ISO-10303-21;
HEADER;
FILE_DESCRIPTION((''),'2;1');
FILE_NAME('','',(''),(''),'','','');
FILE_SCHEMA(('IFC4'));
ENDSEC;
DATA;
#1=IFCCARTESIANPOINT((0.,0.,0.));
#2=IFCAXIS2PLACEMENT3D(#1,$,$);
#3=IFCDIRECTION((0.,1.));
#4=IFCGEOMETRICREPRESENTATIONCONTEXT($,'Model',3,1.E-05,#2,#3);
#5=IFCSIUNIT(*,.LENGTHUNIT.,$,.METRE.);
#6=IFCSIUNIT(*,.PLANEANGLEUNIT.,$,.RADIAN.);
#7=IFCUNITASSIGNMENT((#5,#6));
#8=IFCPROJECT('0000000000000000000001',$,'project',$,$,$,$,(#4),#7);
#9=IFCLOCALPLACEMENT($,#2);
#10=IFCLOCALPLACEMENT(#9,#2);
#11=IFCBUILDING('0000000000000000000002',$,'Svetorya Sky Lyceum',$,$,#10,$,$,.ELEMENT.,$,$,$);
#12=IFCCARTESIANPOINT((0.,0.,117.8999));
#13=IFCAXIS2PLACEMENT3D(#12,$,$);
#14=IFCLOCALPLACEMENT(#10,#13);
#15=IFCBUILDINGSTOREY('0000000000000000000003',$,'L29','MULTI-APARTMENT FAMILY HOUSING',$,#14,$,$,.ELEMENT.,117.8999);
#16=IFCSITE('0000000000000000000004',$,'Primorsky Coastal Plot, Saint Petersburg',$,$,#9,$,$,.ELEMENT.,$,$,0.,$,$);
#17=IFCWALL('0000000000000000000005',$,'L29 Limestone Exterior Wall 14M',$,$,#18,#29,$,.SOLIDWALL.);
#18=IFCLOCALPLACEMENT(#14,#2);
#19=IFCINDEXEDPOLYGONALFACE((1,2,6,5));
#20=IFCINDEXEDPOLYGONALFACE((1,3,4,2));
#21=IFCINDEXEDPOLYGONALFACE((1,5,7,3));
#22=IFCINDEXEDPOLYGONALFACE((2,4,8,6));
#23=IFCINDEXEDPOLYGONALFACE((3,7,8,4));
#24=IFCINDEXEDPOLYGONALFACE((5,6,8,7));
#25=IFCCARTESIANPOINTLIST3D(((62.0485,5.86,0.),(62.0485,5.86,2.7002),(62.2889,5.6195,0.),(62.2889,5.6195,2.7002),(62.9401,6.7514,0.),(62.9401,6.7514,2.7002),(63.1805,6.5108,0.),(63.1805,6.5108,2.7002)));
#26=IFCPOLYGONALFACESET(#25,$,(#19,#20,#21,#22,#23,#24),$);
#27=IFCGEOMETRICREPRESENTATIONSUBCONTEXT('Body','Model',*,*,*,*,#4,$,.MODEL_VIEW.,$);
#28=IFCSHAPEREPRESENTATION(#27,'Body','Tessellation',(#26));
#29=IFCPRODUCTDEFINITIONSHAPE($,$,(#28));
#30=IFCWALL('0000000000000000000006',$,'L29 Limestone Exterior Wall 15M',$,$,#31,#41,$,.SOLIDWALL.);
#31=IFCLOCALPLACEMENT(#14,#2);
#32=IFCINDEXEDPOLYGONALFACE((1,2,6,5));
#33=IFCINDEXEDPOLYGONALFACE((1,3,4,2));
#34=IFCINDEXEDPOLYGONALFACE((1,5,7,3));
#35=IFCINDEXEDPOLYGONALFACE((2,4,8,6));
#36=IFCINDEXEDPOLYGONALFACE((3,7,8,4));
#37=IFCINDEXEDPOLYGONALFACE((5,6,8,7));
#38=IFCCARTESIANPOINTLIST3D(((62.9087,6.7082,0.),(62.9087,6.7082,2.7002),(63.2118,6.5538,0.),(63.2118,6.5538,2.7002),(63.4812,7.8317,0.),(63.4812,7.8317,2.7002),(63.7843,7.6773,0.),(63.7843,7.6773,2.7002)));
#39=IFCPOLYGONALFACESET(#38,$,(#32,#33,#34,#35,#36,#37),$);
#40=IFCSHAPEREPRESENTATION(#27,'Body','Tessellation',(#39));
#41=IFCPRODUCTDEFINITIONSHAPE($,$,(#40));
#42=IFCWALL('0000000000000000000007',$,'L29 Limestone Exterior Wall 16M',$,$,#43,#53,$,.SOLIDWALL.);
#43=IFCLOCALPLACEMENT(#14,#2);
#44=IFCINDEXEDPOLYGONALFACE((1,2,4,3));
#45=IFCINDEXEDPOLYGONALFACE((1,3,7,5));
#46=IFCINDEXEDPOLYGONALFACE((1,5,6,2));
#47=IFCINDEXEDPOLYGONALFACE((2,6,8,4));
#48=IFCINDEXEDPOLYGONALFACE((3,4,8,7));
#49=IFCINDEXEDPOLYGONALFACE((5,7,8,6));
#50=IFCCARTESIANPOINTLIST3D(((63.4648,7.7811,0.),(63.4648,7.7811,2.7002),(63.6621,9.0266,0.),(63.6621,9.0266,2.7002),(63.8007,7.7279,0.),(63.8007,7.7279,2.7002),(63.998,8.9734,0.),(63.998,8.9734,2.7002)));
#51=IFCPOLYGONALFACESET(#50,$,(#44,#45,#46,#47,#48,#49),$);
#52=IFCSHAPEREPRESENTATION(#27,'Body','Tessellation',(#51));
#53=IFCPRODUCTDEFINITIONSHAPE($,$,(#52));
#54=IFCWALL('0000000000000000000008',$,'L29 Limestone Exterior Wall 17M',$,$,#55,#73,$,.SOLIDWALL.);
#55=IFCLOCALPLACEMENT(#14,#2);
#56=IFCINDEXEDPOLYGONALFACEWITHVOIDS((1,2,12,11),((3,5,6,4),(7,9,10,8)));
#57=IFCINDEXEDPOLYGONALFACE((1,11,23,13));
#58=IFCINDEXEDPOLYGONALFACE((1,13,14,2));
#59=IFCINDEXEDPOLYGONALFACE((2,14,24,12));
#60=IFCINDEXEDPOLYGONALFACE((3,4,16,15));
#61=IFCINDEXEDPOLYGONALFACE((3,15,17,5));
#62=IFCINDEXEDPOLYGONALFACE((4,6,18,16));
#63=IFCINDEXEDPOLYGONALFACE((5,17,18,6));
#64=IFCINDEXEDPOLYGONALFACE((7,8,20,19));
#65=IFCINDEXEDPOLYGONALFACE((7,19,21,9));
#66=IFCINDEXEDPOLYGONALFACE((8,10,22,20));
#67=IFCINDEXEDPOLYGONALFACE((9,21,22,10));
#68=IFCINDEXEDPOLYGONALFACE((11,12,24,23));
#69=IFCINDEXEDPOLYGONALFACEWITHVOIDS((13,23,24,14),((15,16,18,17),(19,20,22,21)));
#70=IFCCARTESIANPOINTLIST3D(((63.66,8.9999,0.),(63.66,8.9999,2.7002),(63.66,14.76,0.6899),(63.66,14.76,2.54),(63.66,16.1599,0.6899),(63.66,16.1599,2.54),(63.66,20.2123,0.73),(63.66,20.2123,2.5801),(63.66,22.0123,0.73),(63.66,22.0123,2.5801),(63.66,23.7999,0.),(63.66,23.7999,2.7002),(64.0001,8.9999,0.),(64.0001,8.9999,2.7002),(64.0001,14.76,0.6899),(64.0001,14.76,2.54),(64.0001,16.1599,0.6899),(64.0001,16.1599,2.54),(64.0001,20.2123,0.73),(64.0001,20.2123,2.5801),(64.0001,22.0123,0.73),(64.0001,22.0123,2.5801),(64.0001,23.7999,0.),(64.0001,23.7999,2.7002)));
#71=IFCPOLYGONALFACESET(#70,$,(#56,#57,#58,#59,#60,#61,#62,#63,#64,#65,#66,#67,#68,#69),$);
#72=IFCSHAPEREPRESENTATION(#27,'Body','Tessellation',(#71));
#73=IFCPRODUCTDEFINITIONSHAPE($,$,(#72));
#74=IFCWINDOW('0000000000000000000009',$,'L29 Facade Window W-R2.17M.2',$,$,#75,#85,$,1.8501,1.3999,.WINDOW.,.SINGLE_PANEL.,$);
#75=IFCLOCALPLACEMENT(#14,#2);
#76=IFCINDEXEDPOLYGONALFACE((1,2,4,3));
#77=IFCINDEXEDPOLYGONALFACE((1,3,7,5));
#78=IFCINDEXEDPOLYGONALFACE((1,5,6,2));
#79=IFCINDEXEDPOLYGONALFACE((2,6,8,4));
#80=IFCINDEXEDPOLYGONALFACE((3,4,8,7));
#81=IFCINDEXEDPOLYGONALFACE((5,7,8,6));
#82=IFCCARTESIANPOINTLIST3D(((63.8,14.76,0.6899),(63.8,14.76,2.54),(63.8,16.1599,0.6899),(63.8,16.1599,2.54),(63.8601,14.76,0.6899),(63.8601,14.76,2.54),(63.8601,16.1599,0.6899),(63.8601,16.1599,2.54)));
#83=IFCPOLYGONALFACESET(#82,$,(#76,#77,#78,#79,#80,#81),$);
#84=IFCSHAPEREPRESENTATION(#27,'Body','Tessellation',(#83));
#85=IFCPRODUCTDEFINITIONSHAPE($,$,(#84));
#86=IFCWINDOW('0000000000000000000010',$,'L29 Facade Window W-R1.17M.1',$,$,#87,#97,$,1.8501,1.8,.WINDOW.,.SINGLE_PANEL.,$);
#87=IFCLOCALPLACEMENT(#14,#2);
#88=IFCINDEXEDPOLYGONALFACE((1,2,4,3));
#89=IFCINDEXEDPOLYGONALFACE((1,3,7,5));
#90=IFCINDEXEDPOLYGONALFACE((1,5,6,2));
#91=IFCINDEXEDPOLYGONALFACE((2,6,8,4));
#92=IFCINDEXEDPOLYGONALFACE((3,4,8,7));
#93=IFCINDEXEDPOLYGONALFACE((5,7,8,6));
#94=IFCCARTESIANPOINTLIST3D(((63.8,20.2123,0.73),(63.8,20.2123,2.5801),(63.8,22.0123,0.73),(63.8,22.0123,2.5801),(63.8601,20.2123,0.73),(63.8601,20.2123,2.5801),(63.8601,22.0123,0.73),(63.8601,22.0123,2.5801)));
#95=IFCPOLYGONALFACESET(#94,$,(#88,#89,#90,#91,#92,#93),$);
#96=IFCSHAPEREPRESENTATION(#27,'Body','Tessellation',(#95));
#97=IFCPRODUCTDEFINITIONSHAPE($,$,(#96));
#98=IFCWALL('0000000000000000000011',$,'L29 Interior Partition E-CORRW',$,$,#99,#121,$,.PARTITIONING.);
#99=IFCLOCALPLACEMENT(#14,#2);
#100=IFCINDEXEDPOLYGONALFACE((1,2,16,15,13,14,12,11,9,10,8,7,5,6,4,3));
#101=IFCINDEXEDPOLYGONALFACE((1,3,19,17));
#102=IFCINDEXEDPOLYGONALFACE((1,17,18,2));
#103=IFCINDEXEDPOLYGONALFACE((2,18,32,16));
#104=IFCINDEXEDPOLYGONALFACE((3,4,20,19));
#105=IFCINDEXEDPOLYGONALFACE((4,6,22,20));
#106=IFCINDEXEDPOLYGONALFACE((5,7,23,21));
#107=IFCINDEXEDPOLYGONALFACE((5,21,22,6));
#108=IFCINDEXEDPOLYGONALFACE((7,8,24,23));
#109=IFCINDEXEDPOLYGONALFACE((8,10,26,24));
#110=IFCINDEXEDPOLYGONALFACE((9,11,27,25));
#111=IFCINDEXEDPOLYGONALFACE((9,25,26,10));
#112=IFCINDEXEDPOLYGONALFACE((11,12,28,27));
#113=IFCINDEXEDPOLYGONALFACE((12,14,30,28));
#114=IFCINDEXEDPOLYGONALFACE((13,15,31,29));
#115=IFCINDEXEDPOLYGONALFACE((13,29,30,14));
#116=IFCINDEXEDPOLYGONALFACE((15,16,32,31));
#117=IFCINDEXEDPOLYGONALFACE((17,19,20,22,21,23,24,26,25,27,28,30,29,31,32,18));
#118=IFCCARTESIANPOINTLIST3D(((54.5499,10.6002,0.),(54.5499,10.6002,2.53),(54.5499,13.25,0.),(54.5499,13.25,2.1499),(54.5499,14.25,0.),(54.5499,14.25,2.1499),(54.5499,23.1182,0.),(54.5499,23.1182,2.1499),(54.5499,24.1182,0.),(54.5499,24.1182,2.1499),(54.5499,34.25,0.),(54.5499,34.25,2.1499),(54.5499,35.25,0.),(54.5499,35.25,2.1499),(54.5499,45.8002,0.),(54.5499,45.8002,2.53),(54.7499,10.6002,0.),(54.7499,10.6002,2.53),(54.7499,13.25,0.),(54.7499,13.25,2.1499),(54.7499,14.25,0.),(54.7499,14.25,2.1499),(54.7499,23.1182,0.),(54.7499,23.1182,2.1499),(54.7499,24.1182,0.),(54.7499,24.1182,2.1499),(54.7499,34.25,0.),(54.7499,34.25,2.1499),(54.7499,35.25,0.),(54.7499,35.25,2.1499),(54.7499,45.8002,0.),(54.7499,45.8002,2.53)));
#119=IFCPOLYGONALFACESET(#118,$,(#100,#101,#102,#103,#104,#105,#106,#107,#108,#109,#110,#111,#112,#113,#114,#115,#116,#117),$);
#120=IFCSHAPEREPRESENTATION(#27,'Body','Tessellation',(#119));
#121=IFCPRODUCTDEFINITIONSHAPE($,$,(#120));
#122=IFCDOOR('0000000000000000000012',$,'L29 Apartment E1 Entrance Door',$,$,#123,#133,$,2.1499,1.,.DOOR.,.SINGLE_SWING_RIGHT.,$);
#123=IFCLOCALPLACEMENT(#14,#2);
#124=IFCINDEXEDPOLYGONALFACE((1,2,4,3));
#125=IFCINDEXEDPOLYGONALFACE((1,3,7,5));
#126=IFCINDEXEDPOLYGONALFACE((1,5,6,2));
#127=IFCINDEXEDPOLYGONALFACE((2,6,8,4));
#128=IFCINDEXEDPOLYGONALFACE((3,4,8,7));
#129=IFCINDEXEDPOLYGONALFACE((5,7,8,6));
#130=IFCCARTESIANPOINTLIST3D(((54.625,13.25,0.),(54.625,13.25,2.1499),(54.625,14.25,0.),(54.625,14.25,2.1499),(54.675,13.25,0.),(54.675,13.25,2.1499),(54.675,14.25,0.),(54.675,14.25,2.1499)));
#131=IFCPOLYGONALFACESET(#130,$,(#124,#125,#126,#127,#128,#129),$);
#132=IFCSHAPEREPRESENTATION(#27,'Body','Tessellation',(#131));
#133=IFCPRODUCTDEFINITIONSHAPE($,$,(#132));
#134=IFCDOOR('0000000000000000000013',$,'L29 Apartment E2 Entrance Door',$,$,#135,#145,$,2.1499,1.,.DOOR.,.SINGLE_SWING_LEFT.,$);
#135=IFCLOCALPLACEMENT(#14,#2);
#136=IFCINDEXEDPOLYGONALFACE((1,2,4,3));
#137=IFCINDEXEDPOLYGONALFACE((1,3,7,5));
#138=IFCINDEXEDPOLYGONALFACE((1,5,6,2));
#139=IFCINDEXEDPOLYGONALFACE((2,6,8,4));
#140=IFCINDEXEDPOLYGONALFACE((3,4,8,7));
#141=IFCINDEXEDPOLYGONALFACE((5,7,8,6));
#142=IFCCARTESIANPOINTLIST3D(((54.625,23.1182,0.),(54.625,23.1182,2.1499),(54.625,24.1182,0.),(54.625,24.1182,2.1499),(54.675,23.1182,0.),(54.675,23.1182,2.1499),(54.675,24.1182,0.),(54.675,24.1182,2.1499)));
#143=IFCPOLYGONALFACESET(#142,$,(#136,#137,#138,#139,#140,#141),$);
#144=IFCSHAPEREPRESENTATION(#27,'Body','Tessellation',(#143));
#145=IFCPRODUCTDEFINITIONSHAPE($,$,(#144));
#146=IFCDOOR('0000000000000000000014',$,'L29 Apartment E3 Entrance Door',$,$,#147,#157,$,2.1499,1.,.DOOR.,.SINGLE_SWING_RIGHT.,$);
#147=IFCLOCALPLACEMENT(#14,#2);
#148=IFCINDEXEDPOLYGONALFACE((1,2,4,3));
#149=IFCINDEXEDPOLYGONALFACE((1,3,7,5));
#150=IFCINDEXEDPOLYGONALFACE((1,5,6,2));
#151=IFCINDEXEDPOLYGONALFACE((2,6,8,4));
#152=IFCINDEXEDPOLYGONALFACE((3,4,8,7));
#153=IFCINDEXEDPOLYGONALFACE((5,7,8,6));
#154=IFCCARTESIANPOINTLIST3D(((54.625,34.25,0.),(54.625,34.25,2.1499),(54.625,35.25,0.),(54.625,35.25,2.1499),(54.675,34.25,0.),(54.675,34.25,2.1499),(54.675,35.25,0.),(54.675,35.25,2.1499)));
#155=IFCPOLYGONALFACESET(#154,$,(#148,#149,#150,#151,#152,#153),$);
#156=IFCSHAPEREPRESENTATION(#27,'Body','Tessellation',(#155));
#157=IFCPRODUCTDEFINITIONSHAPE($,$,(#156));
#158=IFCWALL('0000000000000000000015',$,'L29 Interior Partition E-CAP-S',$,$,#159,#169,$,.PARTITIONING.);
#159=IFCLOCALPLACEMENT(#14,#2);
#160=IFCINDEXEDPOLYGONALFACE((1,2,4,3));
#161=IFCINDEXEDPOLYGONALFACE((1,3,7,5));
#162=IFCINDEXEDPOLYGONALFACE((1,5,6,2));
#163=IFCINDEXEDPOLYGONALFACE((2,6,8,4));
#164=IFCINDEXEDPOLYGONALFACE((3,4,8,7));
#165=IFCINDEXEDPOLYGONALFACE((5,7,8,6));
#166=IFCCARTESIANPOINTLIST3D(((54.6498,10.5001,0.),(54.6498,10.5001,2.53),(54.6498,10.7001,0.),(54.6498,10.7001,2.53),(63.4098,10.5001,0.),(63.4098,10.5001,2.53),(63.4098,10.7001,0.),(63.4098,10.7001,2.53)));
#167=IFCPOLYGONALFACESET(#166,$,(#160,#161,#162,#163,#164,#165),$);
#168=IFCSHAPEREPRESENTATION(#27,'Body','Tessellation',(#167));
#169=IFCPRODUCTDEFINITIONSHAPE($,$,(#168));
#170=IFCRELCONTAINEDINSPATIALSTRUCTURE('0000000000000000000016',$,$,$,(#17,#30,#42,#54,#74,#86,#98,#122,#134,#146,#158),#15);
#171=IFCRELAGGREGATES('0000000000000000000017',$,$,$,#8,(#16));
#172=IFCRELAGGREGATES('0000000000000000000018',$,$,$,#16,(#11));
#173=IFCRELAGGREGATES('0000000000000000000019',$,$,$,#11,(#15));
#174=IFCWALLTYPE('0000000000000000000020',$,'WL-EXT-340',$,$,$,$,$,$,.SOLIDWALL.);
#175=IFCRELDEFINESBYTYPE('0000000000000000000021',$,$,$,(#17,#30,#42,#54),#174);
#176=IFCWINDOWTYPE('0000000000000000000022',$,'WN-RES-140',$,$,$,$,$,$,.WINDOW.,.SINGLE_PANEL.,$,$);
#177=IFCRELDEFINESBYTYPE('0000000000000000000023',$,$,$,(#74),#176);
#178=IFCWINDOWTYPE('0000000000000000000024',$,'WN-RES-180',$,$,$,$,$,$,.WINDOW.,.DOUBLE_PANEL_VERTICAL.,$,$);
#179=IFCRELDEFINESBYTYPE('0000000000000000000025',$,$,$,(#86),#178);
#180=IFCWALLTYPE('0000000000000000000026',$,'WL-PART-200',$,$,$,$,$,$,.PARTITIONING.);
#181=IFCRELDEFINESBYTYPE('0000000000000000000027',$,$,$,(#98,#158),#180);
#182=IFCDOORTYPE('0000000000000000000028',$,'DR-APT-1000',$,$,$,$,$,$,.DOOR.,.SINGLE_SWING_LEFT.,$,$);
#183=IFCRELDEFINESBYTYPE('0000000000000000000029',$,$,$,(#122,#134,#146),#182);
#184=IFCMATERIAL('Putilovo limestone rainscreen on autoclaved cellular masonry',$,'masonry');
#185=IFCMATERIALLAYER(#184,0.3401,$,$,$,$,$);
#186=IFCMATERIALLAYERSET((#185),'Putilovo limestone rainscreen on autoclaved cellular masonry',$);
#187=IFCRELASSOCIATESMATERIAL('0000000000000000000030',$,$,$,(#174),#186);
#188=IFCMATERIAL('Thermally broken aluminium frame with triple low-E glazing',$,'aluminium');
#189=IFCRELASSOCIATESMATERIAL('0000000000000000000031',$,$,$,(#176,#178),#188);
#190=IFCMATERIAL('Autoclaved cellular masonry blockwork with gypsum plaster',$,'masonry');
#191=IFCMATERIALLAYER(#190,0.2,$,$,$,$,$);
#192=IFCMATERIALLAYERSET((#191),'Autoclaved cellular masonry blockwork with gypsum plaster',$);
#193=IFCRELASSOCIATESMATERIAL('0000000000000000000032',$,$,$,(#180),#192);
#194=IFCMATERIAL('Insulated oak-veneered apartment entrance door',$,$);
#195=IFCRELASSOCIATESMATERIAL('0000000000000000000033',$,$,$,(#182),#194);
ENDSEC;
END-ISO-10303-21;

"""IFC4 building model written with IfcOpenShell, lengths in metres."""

from ifc_helpers import new_model, si_unit, direction, frame, frame_2d, origin, place, context, subcontext, project, spatial, rectangle, extrude, material, layer, layer_set, type_object, element, fill, save


model = new_model("IFC4")

# Units and contexts
model_context = context("Model", 3, precision=1e-05, world=origin(), true_north=direction((0.0, 1.0)))
body_context = subcontext(model_context, "Body", "Model", "MODEL_VIEW")
ifc_project = project(units=[si_unit("LENGTHUNIT", "METRE"), si_unit("PLANEANGLEUNIT", "RADIAN")], contexts=[model_context])

# Site, building, storey
site_placement = place(None, origin())
site = spatial("IfcSite", under=ifc_project, at=site_placement, Name="Primorsky Coastal Plot, Saint Petersburg", CompositionType="ELEMENT", RefElevation=0.0)
building_placement = place(site_placement, origin())
building = spatial("IfcBuilding", under=site, at=building_placement, Name="Svetorya Sky Lyceum", CompositionType="ELEMENT")
storey_placement = place(building_placement, frame((0.0, 0.0, 117.8999)))
storey = spatial("IfcBuildingStorey", under=building, at=storey_placement, Name="L29", Description="MULTI-APARTMENT FAMILY HOUSING", CompositionType="ELEMENT", Elevation=117.8999)

# Shared definitions
ifc_material_1 = material(Name="Putilovo limestone rainscreen on autoclaved cellular masonry", Category="masonry")
ifc_layer_1 = layer(ifc_material_1, 0.3401)
ifc_layer_set_1 = layer_set([ifc_layer_1], Name="Putilovo limestone rainscreen on autoclaved cellular masonry")
wall_type_1 = type_object("IfcWallType", Name="WL-EXT-340", PredefinedType="SOLIDWALL", material=ifc_layer_set_1)
ifc_material_2 = material(Name="Thermally broken aluminium frame with triple low-E glazing", Category="aluminium")

# Walls
for number, where, z_axis, x_axis, name in (
    (1, (62.1687, 5.7397, 0.0), (0.0, 0.0, 1.0), (0.707204, 0.70701, 0.0), "L29 Limestone Exterior Wall 14M"),
):
    element("IfcWall", number, at=place(storey_placement, frame(where, z_axis=z_axis, x_axis=x_axis)), inside=storey, type_object=wall_type_1, Name=name, PredefinedType="SOLIDWALL", context=body_context, shape_type="SweptSolid", body=[
        extrude(rectangle(XDim=1.2607, YDim=0.3401, at=frame_2d((0.6304, 0.0))), origin(), (0.0, 0.0, 1.0), 2.7002),
    ])
for number, where, z_axis, x_axis, name in (
    (2, (63.0603, 6.6311, 0.0), (0.0, 0.0, 1.0), (0.454016, 0.890994, 0.0), "L29 Limestone Exterior Wall 15M"),
    (3, (63.6328, 7.7546, 0.0), (0.0, 0.0, 1.0), (0.15645, 0.987686, 0.0), "L29 Limestone Exterior Wall 16M"),
):
    element("IfcWall", number, at=place(storey_placement, frame(where, z_axis=z_axis, x_axis=x_axis)), inside=storey, type_object=wall_type_1, Name=name, PredefinedType="SOLIDWALL", context=body_context, shape_type="SweptSolid", body=[
        extrude(rectangle(XDim=1.261, YDim=0.3401, at=frame_2d((0.6304, 0.0))), origin(), (0.0, 0.0, 1.0), 2.7002),
    ])

# Wall, openings, windows
wall_1_placement = place(storey_placement, frame((63.8301, 9.0, 0.0), z_axis=(0.0, 0.0, 1.0), x_axis=(0.0, 1.0, 0.0)))
wall_1 = element("IfcWall", 4, at=wall_1_placement, inside=storey, type_object=wall_type_1, Name="L29 Limestone Exterior Wall 17M", PredefinedType="SOLIDWALL", context=body_context, shape_type="SweptSolid", body=[
    extrude(rectangle(XDim=14.8, YDim=0.3401, at=frame_2d((7.3999, 0.0))), origin(), (0.0, 0.0, 1.0), 2.7002),
])
opening_1_placement = place(wall_1_placement, frame((5.76, 0.0, 0.6899)))
opening_1 = element("IfcOpeningElement", 5, at=opening_1_placement, cuts=wall_1, PredefinedType="OPENING", context=body_context, shape_type="SweptSolid", body=[
    extrude(rectangle(XDim=1.3999, YDim=1.8501, at=frame_2d((0.7, 0.925))), frame((0.0, 0.1799, 0.0), z_axis=(0.0, -1.0, 0.0), x_axis=(1.0, 0.0, 0.0)), (0.0, 0.0, 1.0), 0.3601),
])
opening_2_placement = place(wall_1_placement, frame((11.2124, 0.0, 0.73)))
opening_2 = element("IfcOpeningElement", 6, at=opening_2_placement, cuts=wall_1, PredefinedType="OPENING", context=body_context, shape_type="SweptSolid", body=[
    extrude(rectangle(XDim=1.8, YDim=1.8501, at=frame_2d((0.8999, 0.925))), frame((0.0, 0.1799, 0.0), z_axis=(0.0, -1.0, 0.0), x_axis=(1.0, 0.0, 0.0)), (0.0, 0.0, 1.0), 0.3601),
])
window_type_1 = type_object("IfcWindowType", Name="WN-RES-140", PartitioningType="SINGLE_PANEL", PredefinedType="WINDOW", material=ifc_material_2)
window_1_placement = place(opening_1_placement, origin())
window_1 = element("IfcWindow", 7, at=window_1_placement, inside=storey, type_object=window_type_1, Name="L29 Facade Window W-R2.17M.2", OverallHeight=1.8501, OverallWidth=1.3999, PartitioningType="SINGLE_PANEL", PredefinedType="WINDOW", context=body_context, shape_type="SweptSolid", body=[
    extrude(rectangle(XDim=1.3999, YDim=1.8501, at=frame_2d((0.7, 0.925))), frame((0.0, 0.03, 0.0), z_axis=(0.0, -1.0, 0.0), x_axis=(1.0, 0.0, 0.0)), (0.0, 0.0, 1.0), 0.0601),
])
fill(opening_1, window_1)
window_type_2 = type_object("IfcWindowType", Name="WN-RES-180", PartitioningType="DOUBLE_PANEL_VERTICAL", PredefinedType="WINDOW", material=ifc_material_2)
window_2_placement = place(opening_2_placement, origin())
window_2 = element("IfcWindow", 8, at=window_2_placement, inside=storey, type_object=window_type_2, Name="L29 Facade Window W-R1.17M.1", OverallHeight=1.8501, OverallWidth=1.8, PartitioningType="SINGLE_PANEL", PredefinedType="WINDOW", context=body_context, shape_type="SweptSolid", body=[
    extrude(rectangle(XDim=1.8, YDim=1.8501, at=frame_2d((0.8999, 0.925))), frame((0.0, 0.03, 0.0), z_axis=(0.0, -1.0, 0.0), x_axis=(1.0, 0.0, 0.0)), (0.0, 0.0, 1.0), 0.0601),
])
fill(opening_2, window_2)

# Wall, openings, doors
ifc_material_3 = material(Name="Autoclaved cellular masonry blockwork with gypsum plaster", Category="masonry")
ifc_layer_2 = layer(ifc_material_3, 0.2)
ifc_layer_set_2 = layer_set([ifc_layer_2], Name="Autoclaved cellular masonry blockwork with gypsum plaster")
wall_type_2 = type_object("IfcWallType", Name="WL-PART-200", PredefinedType="PARTITIONING", material=ifc_layer_set_2)
wall_2_placement = place(storey_placement, frame((54.6499, 10.6001, 0.0), z_axis=(0.0, 0.0, 1.0), x_axis=(0.0, 1.0, 0.0)))
wall_2 = element("IfcWall", 9, at=wall_2_placement, inside=storey, type_object=wall_type_2, Name="L29 Interior Partition E-CORRW", PredefinedType="PARTITIONING", context=body_context, shape_type="SweptSolid", body=[
    extrude(rectangle(XDim=35.2, YDim=0.2, at=frame_2d((17.6001, 0.0))), origin(), (0.0, 0.0, 1.0), 2.53),
])
opening_3_placement = place(wall_2_placement, frame((2.6499, 0.0, 0.0)))
opening_3 = element("IfcOpeningElement", 10, at=opening_3_placement, cuts=wall_2, PredefinedType="OPENING", context=body_context, shape_type="SweptSolid", body=[
    extrude(rectangle(XDim=1.0, YDim=2.1499, at=frame_2d((0.5, 1.075))), frame((0.0, 0.1099, 0.0), z_axis=(0.0, -1.0, 0.0), x_axis=(1.0, 0.0, 0.0)), (0.0, 0.0, 1.0), 0.22),
])
opening_4_placement = place(wall_2_placement, frame((12.5181, 0.0, 0.0)))
opening_4 = element("IfcOpeningElement", 11, at=opening_4_placement, cuts=wall_2, PredefinedType="OPENING", context=body_context, shape_type="SweptSolid", body=[
    extrude(rectangle(XDim=1.0, YDim=2.1499, at=frame_2d((0.5, 1.075))), frame((0.0, 0.1099, 0.0), z_axis=(0.0, -1.0, 0.0), x_axis=(1.0, 0.0, 0.0)), (0.0, 0.0, 1.0), 0.22),
])
opening_5_placement = place(wall_2_placement, frame((23.6499, 0.0, 0.0)))
opening_5 = element("IfcOpeningElement", 12, at=opening_5_placement, cuts=wall_2, PredefinedType="OPENING", context=body_context, shape_type="SweptSolid", body=[
    extrude(rectangle(XDim=1.0, YDim=2.1499, at=frame_2d((0.5, 1.075))), frame((0.0, 0.1099, 0.0), z_axis=(0.0, -1.0, 0.0), x_axis=(1.0, 0.0, 0.0)), (0.0, 0.0, 1.0), 0.22),
])
ifc_material_4 = material(Name="Insulated oak-veneered apartment entrance door")
door_type_1 = type_object("IfcDoorType", Name="DR-APT-1000", OperationType="SINGLE_SWING_LEFT", PredefinedType="DOOR", material=ifc_material_4)
door_1_placement = place(opening_3_placement, origin())
door_1 = element("IfcDoor", 13, at=door_1_placement, inside=storey, type_object=door_type_1, Name="L29 Apartment E1 Entrance Door", OperationType="SINGLE_SWING_RIGHT", OverallHeight=2.1499, OverallWidth=1.0, PredefinedType="DOOR", context=body_context, shape_type="SweptSolid", body=[
    extrude(rectangle(XDim=1.0, YDim=2.1499, at=frame_2d((0.5, 1.075))), frame((0.0, 0.0249, 0.0), z_axis=(0.0, -1.0, 0.0), x_axis=(1.0, 0.0, 0.0)), (0.0, 0.0, 1.0), 0.05),
])
fill(opening_3, door_1)
door_2_placement = place(opening_4_placement, origin())
door_2 = element("IfcDoor", 14, at=door_2_placement, inside=storey, type_object=door_type_1, Name="L29 Apartment E2 Entrance Door", OperationType="SINGLE_SWING_LEFT", OverallHeight=2.1499, OverallWidth=1.0, PredefinedType="DOOR", context=body_context, shape_type="SweptSolid", body=[
    extrude(rectangle(XDim=1.0, YDim=2.1499, at=frame_2d((0.5, 1.075))), frame((0.0, 0.0249, 0.0), z_axis=(0.0, -1.0, 0.0), x_axis=(1.0, 0.0, 0.0)), (0.0, 0.0, 1.0), 0.05),
])
fill(opening_4, door_2)
door_3_placement = place(opening_5_placement, origin())
door_3 = element("IfcDoor", 15, at=door_3_placement, inside=storey, type_object=door_type_1, Name="L29 Apartment E3 Entrance Door", OperationType="SINGLE_SWING_RIGHT", OverallHeight=2.1499, OverallWidth=1.0, PredefinedType="DOOR", context=body_context, shape_type="SweptSolid", body=[
    extrude(rectangle(XDim=1.0, YDim=2.1499, at=frame_2d((0.5, 1.075))), frame((0.0, 0.0249, 0.0), z_axis=(0.0, -1.0, 0.0), x_axis=(1.0, 0.0, 0.0)), (0.0, 0.0, 1.0), 0.05),
])
fill(opening_5, door_3)

# Wall
wall_3_placement = place(storey_placement, frame((54.6499, 10.6001, 0.0), z_axis=(0.0, 0.0, 1.0), x_axis=(1.0, 0.0, 0.0)))
element("IfcWall", 16, at=wall_3_placement, inside=storey, type_object=wall_type_2, Name="L29 Interior Partition E-CAP-S", PredefinedType="PARTITIONING", context=body_context, shape_type="SweptSolid", body=[
    extrude(rectangle(XDim=8.76, YDim=0.2, at=frame_2d((4.3799, 0.0))), origin(), (0.0, 0.0, 1.0), 2.53),
])

save(model, "model.ifc")
